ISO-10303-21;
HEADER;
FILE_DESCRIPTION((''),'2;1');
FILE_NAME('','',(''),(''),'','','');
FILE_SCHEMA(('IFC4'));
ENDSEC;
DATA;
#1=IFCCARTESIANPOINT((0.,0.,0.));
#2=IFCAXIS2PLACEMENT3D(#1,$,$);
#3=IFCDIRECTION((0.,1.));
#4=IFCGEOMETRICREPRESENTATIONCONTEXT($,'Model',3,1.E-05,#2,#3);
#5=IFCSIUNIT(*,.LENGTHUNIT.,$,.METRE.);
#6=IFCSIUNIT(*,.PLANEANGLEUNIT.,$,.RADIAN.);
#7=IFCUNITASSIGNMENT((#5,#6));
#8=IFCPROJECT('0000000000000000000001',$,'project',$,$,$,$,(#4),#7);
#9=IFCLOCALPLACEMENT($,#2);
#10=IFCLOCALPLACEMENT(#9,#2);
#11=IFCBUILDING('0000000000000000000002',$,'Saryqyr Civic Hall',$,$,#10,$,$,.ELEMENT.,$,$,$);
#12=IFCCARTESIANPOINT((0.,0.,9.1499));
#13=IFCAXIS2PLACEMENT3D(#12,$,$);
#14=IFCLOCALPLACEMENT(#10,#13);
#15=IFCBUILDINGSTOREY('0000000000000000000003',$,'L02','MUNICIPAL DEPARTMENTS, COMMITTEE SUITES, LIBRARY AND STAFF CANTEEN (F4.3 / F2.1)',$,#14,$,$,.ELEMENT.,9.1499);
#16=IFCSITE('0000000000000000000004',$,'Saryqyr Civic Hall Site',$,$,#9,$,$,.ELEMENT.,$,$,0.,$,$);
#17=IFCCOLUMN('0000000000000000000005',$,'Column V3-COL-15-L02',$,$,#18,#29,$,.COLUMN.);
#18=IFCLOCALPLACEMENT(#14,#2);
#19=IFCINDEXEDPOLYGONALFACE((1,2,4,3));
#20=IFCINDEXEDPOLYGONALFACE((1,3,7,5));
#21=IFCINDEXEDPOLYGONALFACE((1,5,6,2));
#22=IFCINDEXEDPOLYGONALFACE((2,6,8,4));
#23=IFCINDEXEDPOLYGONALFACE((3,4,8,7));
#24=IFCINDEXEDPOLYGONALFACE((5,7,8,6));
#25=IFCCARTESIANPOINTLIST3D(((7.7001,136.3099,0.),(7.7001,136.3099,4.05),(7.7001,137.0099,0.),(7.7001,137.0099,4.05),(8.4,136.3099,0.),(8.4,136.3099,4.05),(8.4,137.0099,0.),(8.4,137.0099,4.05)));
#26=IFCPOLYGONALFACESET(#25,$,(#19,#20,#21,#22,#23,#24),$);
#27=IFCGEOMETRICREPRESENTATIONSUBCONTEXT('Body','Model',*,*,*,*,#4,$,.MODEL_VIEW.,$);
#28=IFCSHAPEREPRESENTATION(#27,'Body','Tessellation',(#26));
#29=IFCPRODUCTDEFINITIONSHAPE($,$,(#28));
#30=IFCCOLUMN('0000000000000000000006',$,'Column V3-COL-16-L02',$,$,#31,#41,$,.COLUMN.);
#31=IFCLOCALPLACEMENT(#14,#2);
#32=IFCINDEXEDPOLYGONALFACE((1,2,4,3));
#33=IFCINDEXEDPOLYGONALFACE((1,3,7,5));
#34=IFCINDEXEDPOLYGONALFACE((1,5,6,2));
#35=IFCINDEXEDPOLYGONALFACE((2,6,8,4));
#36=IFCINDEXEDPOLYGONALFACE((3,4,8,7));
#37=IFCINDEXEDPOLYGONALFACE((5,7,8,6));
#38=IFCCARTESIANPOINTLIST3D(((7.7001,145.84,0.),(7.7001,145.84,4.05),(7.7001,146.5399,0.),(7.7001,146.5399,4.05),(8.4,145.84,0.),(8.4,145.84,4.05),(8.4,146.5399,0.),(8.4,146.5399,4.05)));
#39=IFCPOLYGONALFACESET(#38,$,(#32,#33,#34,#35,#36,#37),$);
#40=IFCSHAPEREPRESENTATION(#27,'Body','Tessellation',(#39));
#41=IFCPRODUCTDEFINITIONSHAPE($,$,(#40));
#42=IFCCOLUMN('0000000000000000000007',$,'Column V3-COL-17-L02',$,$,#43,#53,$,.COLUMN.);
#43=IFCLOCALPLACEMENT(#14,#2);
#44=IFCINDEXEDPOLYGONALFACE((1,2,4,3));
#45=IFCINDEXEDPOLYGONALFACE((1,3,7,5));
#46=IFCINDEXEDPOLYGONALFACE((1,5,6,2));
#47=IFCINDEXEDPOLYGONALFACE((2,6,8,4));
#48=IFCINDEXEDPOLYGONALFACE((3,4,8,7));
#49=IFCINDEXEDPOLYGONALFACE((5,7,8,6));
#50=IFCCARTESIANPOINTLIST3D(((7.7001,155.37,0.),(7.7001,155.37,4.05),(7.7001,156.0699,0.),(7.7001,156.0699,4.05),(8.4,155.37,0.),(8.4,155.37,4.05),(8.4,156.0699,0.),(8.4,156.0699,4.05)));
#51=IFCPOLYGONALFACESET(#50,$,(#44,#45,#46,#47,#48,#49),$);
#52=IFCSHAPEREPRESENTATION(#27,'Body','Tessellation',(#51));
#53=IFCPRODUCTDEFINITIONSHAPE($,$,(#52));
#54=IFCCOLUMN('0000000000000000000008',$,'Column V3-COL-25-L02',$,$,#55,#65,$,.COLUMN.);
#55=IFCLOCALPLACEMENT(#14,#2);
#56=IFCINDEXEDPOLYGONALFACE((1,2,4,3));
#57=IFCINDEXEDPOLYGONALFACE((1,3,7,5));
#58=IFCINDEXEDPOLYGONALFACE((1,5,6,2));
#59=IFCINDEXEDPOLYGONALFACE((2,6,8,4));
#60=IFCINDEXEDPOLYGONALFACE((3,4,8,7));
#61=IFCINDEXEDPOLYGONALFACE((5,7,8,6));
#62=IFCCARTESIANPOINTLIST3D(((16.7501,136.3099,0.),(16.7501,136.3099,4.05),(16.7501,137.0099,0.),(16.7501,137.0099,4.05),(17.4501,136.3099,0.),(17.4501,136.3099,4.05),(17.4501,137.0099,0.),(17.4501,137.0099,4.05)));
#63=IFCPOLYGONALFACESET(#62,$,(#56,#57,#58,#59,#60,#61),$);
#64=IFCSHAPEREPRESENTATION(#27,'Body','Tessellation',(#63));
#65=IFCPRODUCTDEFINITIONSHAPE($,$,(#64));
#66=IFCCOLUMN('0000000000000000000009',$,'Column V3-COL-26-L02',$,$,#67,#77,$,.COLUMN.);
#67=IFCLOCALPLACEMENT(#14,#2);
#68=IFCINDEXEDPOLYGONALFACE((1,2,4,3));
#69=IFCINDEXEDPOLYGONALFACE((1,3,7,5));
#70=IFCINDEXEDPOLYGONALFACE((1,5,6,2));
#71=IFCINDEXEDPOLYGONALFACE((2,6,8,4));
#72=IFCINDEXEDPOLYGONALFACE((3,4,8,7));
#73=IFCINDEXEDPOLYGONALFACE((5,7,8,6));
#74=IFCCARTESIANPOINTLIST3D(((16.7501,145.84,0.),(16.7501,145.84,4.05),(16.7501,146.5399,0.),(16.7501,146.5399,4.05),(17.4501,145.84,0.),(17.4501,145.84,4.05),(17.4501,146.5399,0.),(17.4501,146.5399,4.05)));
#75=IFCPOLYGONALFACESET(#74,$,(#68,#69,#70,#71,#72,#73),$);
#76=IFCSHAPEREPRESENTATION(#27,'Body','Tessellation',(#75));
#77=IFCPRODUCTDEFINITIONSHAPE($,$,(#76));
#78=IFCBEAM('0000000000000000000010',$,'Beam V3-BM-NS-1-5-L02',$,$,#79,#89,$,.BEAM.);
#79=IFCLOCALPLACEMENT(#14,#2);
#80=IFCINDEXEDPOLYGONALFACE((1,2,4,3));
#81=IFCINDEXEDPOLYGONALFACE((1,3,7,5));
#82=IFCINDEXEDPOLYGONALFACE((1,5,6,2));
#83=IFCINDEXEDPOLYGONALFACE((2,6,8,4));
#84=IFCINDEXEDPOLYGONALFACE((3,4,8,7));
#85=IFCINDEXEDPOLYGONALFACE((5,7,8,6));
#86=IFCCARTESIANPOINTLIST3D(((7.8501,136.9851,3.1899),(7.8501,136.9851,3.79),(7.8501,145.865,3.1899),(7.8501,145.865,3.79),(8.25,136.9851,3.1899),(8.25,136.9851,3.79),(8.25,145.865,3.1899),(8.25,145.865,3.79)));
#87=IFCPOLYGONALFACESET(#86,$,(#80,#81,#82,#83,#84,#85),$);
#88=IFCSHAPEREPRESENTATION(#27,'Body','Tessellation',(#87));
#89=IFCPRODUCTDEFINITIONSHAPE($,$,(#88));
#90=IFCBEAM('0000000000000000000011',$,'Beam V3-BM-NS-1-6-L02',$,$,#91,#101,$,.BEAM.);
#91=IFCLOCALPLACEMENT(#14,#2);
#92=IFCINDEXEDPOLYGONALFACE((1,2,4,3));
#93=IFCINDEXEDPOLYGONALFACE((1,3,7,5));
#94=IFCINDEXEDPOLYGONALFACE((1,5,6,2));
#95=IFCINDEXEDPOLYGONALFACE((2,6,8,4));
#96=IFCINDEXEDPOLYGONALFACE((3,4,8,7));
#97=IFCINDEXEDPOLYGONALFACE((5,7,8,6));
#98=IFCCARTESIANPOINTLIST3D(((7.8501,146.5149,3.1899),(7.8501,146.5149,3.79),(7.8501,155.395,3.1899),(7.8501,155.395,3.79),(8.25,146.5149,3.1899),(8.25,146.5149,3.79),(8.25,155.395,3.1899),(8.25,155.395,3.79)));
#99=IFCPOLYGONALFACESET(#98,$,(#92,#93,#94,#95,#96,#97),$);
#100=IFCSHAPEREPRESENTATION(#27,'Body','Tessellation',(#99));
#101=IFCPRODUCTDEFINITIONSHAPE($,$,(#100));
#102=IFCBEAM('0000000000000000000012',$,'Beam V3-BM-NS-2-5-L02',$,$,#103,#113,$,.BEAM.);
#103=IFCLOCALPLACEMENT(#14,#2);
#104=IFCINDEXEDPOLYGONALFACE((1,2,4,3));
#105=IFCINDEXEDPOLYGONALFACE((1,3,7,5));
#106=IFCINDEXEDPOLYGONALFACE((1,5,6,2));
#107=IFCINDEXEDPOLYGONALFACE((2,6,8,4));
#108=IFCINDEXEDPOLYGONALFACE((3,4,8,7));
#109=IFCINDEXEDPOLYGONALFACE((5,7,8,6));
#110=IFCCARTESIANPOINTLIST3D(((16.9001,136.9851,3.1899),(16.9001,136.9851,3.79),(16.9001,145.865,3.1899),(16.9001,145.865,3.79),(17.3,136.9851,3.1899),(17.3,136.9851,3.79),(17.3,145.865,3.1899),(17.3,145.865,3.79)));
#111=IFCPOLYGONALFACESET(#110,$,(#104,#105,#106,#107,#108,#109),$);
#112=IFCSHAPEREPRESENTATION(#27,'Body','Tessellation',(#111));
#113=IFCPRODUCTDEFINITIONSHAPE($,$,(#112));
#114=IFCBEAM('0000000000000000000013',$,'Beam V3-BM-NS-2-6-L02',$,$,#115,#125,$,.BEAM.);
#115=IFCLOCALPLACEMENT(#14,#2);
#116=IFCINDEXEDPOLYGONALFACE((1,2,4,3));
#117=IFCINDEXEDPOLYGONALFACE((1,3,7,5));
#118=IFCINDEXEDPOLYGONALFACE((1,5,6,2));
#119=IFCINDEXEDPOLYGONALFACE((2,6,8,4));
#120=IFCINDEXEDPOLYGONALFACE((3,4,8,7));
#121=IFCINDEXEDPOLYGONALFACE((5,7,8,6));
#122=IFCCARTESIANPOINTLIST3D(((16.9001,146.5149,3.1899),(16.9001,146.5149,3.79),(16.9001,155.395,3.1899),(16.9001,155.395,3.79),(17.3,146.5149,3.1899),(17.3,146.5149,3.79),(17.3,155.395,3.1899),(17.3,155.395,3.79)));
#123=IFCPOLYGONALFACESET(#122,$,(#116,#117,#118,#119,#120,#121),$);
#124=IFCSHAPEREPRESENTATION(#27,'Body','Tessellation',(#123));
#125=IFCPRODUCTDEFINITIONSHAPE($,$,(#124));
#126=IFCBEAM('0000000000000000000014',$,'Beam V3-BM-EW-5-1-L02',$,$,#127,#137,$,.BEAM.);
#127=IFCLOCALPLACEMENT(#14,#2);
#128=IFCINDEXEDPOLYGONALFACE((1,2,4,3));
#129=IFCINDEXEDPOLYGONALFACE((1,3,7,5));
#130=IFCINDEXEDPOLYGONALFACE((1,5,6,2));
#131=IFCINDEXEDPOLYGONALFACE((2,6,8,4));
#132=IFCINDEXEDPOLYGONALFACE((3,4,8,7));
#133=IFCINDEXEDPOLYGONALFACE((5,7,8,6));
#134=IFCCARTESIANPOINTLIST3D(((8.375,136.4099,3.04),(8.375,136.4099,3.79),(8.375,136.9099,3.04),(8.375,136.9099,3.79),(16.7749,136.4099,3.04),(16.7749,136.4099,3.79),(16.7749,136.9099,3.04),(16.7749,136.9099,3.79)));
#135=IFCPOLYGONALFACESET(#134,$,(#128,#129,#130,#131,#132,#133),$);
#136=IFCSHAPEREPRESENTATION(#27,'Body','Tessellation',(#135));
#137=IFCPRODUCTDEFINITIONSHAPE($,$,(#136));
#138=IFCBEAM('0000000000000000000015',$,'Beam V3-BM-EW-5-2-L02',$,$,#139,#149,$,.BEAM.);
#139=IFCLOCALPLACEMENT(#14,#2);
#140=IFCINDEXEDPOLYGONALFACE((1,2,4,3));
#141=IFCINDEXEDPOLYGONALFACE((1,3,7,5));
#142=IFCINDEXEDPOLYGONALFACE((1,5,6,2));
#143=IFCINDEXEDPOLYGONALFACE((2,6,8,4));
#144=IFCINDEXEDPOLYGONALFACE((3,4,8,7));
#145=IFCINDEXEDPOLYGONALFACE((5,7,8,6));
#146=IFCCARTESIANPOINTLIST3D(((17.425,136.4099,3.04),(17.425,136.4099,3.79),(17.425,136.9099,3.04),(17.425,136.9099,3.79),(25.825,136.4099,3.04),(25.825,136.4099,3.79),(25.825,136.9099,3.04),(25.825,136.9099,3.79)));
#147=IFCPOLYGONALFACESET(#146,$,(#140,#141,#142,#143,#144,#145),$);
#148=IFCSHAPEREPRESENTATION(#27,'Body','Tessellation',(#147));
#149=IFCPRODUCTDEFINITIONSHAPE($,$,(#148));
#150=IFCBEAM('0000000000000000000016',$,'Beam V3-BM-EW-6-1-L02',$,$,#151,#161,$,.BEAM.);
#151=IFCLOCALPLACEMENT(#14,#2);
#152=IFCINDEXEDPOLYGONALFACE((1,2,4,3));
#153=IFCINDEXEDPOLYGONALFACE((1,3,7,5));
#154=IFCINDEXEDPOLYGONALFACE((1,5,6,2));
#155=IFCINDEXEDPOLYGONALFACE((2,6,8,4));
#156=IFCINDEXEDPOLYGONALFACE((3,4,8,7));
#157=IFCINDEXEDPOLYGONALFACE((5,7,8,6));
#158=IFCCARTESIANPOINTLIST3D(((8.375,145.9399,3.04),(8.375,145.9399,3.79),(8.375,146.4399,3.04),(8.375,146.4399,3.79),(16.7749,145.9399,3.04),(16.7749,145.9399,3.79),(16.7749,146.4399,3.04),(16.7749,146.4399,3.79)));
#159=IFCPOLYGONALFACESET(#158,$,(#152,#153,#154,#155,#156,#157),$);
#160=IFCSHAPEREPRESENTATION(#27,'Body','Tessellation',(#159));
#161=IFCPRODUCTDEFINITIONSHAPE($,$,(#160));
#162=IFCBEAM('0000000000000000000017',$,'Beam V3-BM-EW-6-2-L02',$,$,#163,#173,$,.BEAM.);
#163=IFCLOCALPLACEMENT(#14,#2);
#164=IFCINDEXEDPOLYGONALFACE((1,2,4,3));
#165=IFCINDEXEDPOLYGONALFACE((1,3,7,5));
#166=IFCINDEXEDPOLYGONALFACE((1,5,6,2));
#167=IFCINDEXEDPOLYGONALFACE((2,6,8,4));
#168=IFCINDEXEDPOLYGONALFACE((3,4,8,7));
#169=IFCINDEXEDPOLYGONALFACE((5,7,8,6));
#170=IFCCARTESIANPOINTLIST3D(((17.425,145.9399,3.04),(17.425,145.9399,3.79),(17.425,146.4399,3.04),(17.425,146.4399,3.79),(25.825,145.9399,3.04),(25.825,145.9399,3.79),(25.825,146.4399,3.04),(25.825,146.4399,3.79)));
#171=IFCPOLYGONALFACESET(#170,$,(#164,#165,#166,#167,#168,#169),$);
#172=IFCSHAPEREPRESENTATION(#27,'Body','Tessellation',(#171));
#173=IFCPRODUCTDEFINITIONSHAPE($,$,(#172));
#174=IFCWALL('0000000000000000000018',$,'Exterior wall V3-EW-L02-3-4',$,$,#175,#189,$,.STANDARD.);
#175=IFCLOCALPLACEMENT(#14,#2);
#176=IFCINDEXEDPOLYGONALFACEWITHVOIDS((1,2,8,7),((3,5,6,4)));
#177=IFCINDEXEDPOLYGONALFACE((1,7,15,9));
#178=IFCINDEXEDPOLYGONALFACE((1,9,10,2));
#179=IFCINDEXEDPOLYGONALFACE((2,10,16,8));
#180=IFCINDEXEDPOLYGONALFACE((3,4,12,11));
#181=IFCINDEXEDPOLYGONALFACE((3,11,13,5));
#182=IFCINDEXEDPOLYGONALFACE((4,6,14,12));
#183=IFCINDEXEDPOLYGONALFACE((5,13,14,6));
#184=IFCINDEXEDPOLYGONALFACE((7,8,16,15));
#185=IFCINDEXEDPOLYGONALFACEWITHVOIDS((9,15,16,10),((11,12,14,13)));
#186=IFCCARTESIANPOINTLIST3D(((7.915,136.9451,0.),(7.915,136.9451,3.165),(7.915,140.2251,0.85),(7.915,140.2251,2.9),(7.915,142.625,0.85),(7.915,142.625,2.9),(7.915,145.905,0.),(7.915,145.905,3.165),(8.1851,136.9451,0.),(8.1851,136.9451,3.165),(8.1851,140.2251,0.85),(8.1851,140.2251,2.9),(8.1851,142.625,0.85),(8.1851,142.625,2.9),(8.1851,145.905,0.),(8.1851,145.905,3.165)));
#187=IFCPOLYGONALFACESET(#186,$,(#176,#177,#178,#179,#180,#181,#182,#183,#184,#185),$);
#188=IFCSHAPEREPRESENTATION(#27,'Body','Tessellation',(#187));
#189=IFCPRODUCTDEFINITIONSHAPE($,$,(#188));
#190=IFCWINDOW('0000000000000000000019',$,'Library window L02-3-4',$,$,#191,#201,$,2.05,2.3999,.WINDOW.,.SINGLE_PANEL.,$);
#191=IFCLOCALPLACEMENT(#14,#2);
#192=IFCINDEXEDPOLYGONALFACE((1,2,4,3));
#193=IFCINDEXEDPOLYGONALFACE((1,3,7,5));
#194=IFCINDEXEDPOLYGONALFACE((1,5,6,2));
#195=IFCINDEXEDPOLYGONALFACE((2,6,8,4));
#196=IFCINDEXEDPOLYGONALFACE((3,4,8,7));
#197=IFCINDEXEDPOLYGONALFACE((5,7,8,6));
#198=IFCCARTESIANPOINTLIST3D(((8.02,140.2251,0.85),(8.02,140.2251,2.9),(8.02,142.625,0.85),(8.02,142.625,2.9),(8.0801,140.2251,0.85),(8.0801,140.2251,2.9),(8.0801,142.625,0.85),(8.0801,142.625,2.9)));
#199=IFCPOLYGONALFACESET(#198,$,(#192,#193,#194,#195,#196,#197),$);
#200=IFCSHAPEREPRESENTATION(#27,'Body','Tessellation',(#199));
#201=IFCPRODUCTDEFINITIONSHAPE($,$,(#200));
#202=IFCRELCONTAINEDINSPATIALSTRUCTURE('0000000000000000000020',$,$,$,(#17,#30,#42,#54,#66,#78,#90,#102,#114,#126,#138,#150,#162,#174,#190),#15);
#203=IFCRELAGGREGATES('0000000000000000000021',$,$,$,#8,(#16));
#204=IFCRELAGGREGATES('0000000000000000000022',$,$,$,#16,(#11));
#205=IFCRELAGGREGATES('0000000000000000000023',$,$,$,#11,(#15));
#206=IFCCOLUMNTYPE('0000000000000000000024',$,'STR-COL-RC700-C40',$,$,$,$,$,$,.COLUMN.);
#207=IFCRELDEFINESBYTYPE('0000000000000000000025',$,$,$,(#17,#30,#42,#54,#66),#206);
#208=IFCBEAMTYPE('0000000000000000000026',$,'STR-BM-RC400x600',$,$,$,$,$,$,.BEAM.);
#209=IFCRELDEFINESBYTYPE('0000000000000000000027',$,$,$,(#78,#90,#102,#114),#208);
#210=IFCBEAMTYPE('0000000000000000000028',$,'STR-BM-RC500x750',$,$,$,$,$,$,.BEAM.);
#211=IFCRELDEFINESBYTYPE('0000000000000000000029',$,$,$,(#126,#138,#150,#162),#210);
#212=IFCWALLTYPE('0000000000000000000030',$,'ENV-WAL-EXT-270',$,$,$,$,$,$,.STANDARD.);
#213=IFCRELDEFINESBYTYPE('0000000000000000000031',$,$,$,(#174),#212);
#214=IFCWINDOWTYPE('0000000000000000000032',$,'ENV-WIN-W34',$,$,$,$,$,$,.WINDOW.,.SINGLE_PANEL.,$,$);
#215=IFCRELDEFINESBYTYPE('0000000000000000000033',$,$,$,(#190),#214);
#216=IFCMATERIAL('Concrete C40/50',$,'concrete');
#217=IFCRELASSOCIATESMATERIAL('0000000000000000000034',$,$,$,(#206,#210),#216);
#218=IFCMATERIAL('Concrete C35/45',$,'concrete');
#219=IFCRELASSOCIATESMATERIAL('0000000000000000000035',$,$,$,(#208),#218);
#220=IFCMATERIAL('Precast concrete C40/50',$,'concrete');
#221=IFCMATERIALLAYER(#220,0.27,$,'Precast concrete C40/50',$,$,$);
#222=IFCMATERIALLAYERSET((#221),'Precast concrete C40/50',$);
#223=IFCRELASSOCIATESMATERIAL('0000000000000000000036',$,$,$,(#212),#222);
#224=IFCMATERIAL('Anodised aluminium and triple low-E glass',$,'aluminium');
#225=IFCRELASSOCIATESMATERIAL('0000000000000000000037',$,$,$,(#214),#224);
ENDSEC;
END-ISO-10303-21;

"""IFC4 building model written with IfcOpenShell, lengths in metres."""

from ifc_helpers import new_model, si_unit, direction, frame, frame_2d, origin, origin_2d, place, context, subcontext, project, spatial, rectangle, extrude, material, layer, layer_set, material_profile, profile_set, type_object, element, fill, save


model = new_model("IFC4")

# Units and contexts
model_context = context("Model", 3, precision=1e-05, world=origin(), true_north=direction((0.0, 1.0)))
body_context = subcontext(model_context, "Body", "Model", "MODEL_VIEW")
ifc_project = project(units=[si_unit("LENGTHUNIT", "METRE"), si_unit("PLANEANGLEUNIT", "RADIAN")], contexts=[model_context])

# Site, building, storey
site_placement = place(None, origin())
site = spatial("IfcSite", under=ifc_project, at=site_placement, Name="Saryqyr Civic Hall Site", CompositionType="ELEMENT", RefElevation=0.0)
building_placement = place(site_placement, origin())
building = spatial("IfcBuilding", under=site, at=building_placement, Name="Saryqyr Civic Hall", CompositionType="ELEMENT")
storey_placement = place(building_placement, frame((0.0, 0.0, 9.1499)))
storey = spatial("IfcBuildingStorey", under=building, at=storey_placement, Name="L02", Description="MUNICIPAL DEPARTMENTS, COMMITTEE SUITES, LIBRARY AND STAFF CANTEEN (F4.3 / F2.1)", CompositionType="ELEMENT", Elevation=9.1499)

# Columns
ifc_material_1 = material(Name="Concrete C40/50", Category="concrete")
ifc_material_profile_1 = material_profile(ifc_material_1, rectangle(XDim=0.7, YDim=0.7, at=origin_2d()), Name="RC 700x700")
ifc_profile_set_1 = profile_set([ifc_material_profile_1], Name="Concrete C40/50")
column_type = type_object("IfcColumnType", Name="STR-COL-RC700-C40", PredefinedType="COLUMN", material=ifc_profile_set_1)
for number, where, z_axis, x_axis, name in (
    (1, (8.05, 136.6599, 0.0), (0.0, 0.0, 1.0), (1.0, 0.0, 0.0), "Column V3-COL-15-L02"),
    (2, (8.05, 146.1899, 0.0), (0.0, 0.0, 1.0), (1.0, 0.0, 0.0), "Column V3-COL-16-L02"),
    (3, (8.05, 155.72, 0.0), (0.0, 0.0, 1.0), (1.0, 0.0, 0.0), "Column V3-COL-17-L02"),
    (4, (17.1001, 136.6599, 0.0), (0.0, 0.0, 1.0), (1.0, 0.0, 0.0), "Column V3-COL-25-L02"),
    (5, (17.1001, 146.1899, 0.0), (0.0, 0.0, 1.0), (1.0, 0.0, 0.0), "Column V3-COL-26-L02"),
):
    element("IfcColumn", number, at=place(storey_placement, frame(where, z_axis=z_axis, x_axis=x_axis)), inside=storey, type_object=column_type, Name=name, PredefinedType="COLUMN", context=body_context, shape_type="SweptSolid", body=[
        extrude(rectangle(XDim=0.7, YDim=0.7, at=origin_2d()), origin(), (0.0, 0.0, 1.0), 4.05),
    ])

# Beams
ifc_material_2 = material(Name="Concrete C35/45", Category="concrete")
ifc_material_profile_2 = material_profile(ifc_material_2, rectangle(XDim=0.3999, YDim=0.6001, at=origin_2d()), Name="RC 400x600")
ifc_profile_set_2 = profile_set([ifc_material_profile_2], Name="Concrete C35/45")
beam_type_1 = type_object("IfcBeamType", Name="STR-BM-RC400x600", PredefinedType="BEAM", material=ifc_profile_set_2)
beam_1_placement = place(storey_placement, frame((8.05, 136.9851, 3.49), z_axis=(0.0, 1.0, 0.0), x_axis=(-1.0, 0.0, 0.0)))
element("IfcBeam", 6, at=beam_1_placement, inside=storey, type_object=beam_type_1, Name="Beam V3-BM-NS-1-5-L02", PredefinedType="BEAM", context=body_context, shape_type="SweptSolid", body=[
    extrude(rectangle(XDim=0.3999, YDim=0.6001, at=origin_2d()), origin(), (0.0, 0.0, 1.0), 8.8799),
])
beam_2_placement = place(storey_placement, frame((8.05, 146.5149, 3.49), z_axis=(0.0, 1.0, 0.0), x_axis=(-1.0, 0.0, 0.0)))
element("IfcBeam", 7, at=beam_2_placement, inside=storey, type_object=beam_type_1, Name="Beam V3-BM-NS-1-6-L02", PredefinedType="BEAM", context=body_context, shape_type="SweptSolid", body=[
    extrude(rectangle(XDim=0.3999, YDim=0.6001, at=origin_2d()), origin(), (0.0, 0.0, 1.0), 8.8801),
])
beam_3_placement = place(storey_placement, frame((17.1001, 136.9851, 3.49), z_axis=(0.0, 1.0, 0.0), x_axis=(-1.0, 0.0, 0.0)))
element("IfcBeam", 8, at=beam_3_placement, inside=storey, type_object=beam_type_1, Name="Beam V3-BM-NS-2-5-L02", PredefinedType="BEAM", context=body_context, shape_type="SweptSolid", body=[
    extrude(rectangle(XDim=0.3999, YDim=0.6001, at=origin_2d()), origin(), (0.0, 0.0, 1.0), 8.8799),
])
beam_4_placement = place(storey_placement, frame((17.1001, 146.5149, 3.49), z_axis=(0.0, 1.0, 0.0), x_axis=(-1.0, 0.0, 0.0)))
element("IfcBeam", 9, at=beam_4_placement, inside=storey, type_object=beam_type_1, Name="Beam V3-BM-NS-2-6-L02", PredefinedType="BEAM", context=body_context, shape_type="SweptSolid", body=[
    extrude(rectangle(XDim=0.3999, YDim=0.6001, at=origin_2d()), origin(), (0.0, 0.0, 1.0), 8.8801),
])
ifc_material_profile_3 = material_profile(ifc_material_1, rectangle(XDim=0.5, YDim=0.75, at=origin_2d()), Name="RC 500x750")
ifc_profile_set_3 = profile_set([ifc_material_profile_3], Name="Concrete C40/50")
beam_type_2 = type_object("IfcBeamType", Name="STR-BM-RC500x750", PredefinedType="BEAM", material=ifc_profile_set_3)
for number, where, z_axis, x_axis, name in (
    (10, (8.375, 136.6599, 3.415), (1.0, 0.0, 0.0), (0.0, 1.0, 0.0), "Beam V3-BM-EW-5-1-L02"),
    (11, (17.425, 136.6599, 3.415), (1.0, 0.0, 0.0), (0.0, 1.0, 0.0), "Beam V3-BM-EW-5-2-L02"),
    (12, (8.375, 146.1899, 3.415), (1.0, 0.0, 0.0), (0.0, 1.0, 0.0), "Beam V3-BM-EW-6-1-L02"),
    (13, (17.425, 146.1899, 3.415), (1.0, 0.0, 0.0), (0.0, 1.0, 0.0), "Beam V3-BM-EW-6-2-L02"),
):
    element("IfcBeam", number, at=place(storey_placement, frame(where, z_axis=z_axis, x_axis=x_axis)), inside=storey, type_object=beam_type_2, Name=name, PredefinedType="BEAM", context=body_context, shape_type="SweptSolid", body=[
        extrude(rectangle(XDim=0.5, YDim=0.75, at=origin_2d()), origin(), (0.0, 0.0, 1.0), 8.3999),
    ])

# Wall, opening, window
ifc_material_3 = material(Name="Precast concrete C40/50", Category="concrete")
ifc_layer = layer(ifc_material_3, 0.27, Name="Precast concrete C40/50")
ifc_layer_set = layer_set([ifc_layer], Name="Precast concrete C40/50")
wall_type = type_object("IfcWallType", Name="ENV-WAL-EXT-270", PredefinedType="STANDARD", material=ifc_layer_set)
wall_1_placement = place(storey_placement, frame((8.05, 136.9451, 0.0), z_axis=(0.0, 0.0, 1.0), x_axis=(0.0, 1.0, 0.0)))
wall_1 = element("IfcWall", 14, at=wall_1_placement, inside=storey, type_object=wall_type, Name="Exterior wall V3-EW-L02-3-4", PredefinedType="STANDARD", context=body_context, shape_type="SweptSolid", body=[
    extrude(rectangle(XDim=8.96, YDim=0.27, at=frame_2d((4.48, 0.0))), origin(), (0.0, 0.0, 1.0), 3.165),
])
opening_1_placement = place(wall_1_placement, frame((3.28, 0.0, 0.8501)))
opening_1 = element("IfcOpeningElement", 15, at=opening_1_placement, cuts=wall_1, PredefinedType="OPENING", context=body_context, shape_type="SweptSolid", body=[
    extrude(rectangle(XDim=2.3999, YDim=2.05, at=frame_2d((1.2, 1.0249))), frame((0.0, 0.145, 0.0), z_axis=(0.0, -1.0, 0.0), x_axis=(1.0, 0.0, 0.0)), (0.0, 0.0, 1.0), 0.29),
])
ifc_material_4 = material(Name="Anodised aluminium and triple low-E glass", Category="aluminium")
window_type_1 = type_object("IfcWindowType", Name="ENV-WIN-W34", PartitioningType="SINGLE_PANEL", PredefinedType="WINDOW", material=ifc_material_4)
window_1_placement = place(opening_1_placement, origin())
window_1 = element("IfcWindow", 16, at=window_1_placement, inside=storey, type_object=window_type_1, Name="Library window L02-3-4", OverallHeight=2.05, OverallWidth=2.3999, PartitioningType="SINGLE_PANEL", PredefinedType="WINDOW", context=body_context, shape_type="SweptSolid", body=[
    extrude(rectangle(XDim=2.3999, YDim=2.05, at=frame_2d((1.2, 1.0249))), frame((0.0, 0.03, 0.0), z_axis=(0.0, -1.0, 0.0), x_axis=(1.0, 0.0, 0.0)), (0.0, 0.0, 1.0), 0.0601),
])
fill(opening_1, window_1)

save(model, "model.ifc")
